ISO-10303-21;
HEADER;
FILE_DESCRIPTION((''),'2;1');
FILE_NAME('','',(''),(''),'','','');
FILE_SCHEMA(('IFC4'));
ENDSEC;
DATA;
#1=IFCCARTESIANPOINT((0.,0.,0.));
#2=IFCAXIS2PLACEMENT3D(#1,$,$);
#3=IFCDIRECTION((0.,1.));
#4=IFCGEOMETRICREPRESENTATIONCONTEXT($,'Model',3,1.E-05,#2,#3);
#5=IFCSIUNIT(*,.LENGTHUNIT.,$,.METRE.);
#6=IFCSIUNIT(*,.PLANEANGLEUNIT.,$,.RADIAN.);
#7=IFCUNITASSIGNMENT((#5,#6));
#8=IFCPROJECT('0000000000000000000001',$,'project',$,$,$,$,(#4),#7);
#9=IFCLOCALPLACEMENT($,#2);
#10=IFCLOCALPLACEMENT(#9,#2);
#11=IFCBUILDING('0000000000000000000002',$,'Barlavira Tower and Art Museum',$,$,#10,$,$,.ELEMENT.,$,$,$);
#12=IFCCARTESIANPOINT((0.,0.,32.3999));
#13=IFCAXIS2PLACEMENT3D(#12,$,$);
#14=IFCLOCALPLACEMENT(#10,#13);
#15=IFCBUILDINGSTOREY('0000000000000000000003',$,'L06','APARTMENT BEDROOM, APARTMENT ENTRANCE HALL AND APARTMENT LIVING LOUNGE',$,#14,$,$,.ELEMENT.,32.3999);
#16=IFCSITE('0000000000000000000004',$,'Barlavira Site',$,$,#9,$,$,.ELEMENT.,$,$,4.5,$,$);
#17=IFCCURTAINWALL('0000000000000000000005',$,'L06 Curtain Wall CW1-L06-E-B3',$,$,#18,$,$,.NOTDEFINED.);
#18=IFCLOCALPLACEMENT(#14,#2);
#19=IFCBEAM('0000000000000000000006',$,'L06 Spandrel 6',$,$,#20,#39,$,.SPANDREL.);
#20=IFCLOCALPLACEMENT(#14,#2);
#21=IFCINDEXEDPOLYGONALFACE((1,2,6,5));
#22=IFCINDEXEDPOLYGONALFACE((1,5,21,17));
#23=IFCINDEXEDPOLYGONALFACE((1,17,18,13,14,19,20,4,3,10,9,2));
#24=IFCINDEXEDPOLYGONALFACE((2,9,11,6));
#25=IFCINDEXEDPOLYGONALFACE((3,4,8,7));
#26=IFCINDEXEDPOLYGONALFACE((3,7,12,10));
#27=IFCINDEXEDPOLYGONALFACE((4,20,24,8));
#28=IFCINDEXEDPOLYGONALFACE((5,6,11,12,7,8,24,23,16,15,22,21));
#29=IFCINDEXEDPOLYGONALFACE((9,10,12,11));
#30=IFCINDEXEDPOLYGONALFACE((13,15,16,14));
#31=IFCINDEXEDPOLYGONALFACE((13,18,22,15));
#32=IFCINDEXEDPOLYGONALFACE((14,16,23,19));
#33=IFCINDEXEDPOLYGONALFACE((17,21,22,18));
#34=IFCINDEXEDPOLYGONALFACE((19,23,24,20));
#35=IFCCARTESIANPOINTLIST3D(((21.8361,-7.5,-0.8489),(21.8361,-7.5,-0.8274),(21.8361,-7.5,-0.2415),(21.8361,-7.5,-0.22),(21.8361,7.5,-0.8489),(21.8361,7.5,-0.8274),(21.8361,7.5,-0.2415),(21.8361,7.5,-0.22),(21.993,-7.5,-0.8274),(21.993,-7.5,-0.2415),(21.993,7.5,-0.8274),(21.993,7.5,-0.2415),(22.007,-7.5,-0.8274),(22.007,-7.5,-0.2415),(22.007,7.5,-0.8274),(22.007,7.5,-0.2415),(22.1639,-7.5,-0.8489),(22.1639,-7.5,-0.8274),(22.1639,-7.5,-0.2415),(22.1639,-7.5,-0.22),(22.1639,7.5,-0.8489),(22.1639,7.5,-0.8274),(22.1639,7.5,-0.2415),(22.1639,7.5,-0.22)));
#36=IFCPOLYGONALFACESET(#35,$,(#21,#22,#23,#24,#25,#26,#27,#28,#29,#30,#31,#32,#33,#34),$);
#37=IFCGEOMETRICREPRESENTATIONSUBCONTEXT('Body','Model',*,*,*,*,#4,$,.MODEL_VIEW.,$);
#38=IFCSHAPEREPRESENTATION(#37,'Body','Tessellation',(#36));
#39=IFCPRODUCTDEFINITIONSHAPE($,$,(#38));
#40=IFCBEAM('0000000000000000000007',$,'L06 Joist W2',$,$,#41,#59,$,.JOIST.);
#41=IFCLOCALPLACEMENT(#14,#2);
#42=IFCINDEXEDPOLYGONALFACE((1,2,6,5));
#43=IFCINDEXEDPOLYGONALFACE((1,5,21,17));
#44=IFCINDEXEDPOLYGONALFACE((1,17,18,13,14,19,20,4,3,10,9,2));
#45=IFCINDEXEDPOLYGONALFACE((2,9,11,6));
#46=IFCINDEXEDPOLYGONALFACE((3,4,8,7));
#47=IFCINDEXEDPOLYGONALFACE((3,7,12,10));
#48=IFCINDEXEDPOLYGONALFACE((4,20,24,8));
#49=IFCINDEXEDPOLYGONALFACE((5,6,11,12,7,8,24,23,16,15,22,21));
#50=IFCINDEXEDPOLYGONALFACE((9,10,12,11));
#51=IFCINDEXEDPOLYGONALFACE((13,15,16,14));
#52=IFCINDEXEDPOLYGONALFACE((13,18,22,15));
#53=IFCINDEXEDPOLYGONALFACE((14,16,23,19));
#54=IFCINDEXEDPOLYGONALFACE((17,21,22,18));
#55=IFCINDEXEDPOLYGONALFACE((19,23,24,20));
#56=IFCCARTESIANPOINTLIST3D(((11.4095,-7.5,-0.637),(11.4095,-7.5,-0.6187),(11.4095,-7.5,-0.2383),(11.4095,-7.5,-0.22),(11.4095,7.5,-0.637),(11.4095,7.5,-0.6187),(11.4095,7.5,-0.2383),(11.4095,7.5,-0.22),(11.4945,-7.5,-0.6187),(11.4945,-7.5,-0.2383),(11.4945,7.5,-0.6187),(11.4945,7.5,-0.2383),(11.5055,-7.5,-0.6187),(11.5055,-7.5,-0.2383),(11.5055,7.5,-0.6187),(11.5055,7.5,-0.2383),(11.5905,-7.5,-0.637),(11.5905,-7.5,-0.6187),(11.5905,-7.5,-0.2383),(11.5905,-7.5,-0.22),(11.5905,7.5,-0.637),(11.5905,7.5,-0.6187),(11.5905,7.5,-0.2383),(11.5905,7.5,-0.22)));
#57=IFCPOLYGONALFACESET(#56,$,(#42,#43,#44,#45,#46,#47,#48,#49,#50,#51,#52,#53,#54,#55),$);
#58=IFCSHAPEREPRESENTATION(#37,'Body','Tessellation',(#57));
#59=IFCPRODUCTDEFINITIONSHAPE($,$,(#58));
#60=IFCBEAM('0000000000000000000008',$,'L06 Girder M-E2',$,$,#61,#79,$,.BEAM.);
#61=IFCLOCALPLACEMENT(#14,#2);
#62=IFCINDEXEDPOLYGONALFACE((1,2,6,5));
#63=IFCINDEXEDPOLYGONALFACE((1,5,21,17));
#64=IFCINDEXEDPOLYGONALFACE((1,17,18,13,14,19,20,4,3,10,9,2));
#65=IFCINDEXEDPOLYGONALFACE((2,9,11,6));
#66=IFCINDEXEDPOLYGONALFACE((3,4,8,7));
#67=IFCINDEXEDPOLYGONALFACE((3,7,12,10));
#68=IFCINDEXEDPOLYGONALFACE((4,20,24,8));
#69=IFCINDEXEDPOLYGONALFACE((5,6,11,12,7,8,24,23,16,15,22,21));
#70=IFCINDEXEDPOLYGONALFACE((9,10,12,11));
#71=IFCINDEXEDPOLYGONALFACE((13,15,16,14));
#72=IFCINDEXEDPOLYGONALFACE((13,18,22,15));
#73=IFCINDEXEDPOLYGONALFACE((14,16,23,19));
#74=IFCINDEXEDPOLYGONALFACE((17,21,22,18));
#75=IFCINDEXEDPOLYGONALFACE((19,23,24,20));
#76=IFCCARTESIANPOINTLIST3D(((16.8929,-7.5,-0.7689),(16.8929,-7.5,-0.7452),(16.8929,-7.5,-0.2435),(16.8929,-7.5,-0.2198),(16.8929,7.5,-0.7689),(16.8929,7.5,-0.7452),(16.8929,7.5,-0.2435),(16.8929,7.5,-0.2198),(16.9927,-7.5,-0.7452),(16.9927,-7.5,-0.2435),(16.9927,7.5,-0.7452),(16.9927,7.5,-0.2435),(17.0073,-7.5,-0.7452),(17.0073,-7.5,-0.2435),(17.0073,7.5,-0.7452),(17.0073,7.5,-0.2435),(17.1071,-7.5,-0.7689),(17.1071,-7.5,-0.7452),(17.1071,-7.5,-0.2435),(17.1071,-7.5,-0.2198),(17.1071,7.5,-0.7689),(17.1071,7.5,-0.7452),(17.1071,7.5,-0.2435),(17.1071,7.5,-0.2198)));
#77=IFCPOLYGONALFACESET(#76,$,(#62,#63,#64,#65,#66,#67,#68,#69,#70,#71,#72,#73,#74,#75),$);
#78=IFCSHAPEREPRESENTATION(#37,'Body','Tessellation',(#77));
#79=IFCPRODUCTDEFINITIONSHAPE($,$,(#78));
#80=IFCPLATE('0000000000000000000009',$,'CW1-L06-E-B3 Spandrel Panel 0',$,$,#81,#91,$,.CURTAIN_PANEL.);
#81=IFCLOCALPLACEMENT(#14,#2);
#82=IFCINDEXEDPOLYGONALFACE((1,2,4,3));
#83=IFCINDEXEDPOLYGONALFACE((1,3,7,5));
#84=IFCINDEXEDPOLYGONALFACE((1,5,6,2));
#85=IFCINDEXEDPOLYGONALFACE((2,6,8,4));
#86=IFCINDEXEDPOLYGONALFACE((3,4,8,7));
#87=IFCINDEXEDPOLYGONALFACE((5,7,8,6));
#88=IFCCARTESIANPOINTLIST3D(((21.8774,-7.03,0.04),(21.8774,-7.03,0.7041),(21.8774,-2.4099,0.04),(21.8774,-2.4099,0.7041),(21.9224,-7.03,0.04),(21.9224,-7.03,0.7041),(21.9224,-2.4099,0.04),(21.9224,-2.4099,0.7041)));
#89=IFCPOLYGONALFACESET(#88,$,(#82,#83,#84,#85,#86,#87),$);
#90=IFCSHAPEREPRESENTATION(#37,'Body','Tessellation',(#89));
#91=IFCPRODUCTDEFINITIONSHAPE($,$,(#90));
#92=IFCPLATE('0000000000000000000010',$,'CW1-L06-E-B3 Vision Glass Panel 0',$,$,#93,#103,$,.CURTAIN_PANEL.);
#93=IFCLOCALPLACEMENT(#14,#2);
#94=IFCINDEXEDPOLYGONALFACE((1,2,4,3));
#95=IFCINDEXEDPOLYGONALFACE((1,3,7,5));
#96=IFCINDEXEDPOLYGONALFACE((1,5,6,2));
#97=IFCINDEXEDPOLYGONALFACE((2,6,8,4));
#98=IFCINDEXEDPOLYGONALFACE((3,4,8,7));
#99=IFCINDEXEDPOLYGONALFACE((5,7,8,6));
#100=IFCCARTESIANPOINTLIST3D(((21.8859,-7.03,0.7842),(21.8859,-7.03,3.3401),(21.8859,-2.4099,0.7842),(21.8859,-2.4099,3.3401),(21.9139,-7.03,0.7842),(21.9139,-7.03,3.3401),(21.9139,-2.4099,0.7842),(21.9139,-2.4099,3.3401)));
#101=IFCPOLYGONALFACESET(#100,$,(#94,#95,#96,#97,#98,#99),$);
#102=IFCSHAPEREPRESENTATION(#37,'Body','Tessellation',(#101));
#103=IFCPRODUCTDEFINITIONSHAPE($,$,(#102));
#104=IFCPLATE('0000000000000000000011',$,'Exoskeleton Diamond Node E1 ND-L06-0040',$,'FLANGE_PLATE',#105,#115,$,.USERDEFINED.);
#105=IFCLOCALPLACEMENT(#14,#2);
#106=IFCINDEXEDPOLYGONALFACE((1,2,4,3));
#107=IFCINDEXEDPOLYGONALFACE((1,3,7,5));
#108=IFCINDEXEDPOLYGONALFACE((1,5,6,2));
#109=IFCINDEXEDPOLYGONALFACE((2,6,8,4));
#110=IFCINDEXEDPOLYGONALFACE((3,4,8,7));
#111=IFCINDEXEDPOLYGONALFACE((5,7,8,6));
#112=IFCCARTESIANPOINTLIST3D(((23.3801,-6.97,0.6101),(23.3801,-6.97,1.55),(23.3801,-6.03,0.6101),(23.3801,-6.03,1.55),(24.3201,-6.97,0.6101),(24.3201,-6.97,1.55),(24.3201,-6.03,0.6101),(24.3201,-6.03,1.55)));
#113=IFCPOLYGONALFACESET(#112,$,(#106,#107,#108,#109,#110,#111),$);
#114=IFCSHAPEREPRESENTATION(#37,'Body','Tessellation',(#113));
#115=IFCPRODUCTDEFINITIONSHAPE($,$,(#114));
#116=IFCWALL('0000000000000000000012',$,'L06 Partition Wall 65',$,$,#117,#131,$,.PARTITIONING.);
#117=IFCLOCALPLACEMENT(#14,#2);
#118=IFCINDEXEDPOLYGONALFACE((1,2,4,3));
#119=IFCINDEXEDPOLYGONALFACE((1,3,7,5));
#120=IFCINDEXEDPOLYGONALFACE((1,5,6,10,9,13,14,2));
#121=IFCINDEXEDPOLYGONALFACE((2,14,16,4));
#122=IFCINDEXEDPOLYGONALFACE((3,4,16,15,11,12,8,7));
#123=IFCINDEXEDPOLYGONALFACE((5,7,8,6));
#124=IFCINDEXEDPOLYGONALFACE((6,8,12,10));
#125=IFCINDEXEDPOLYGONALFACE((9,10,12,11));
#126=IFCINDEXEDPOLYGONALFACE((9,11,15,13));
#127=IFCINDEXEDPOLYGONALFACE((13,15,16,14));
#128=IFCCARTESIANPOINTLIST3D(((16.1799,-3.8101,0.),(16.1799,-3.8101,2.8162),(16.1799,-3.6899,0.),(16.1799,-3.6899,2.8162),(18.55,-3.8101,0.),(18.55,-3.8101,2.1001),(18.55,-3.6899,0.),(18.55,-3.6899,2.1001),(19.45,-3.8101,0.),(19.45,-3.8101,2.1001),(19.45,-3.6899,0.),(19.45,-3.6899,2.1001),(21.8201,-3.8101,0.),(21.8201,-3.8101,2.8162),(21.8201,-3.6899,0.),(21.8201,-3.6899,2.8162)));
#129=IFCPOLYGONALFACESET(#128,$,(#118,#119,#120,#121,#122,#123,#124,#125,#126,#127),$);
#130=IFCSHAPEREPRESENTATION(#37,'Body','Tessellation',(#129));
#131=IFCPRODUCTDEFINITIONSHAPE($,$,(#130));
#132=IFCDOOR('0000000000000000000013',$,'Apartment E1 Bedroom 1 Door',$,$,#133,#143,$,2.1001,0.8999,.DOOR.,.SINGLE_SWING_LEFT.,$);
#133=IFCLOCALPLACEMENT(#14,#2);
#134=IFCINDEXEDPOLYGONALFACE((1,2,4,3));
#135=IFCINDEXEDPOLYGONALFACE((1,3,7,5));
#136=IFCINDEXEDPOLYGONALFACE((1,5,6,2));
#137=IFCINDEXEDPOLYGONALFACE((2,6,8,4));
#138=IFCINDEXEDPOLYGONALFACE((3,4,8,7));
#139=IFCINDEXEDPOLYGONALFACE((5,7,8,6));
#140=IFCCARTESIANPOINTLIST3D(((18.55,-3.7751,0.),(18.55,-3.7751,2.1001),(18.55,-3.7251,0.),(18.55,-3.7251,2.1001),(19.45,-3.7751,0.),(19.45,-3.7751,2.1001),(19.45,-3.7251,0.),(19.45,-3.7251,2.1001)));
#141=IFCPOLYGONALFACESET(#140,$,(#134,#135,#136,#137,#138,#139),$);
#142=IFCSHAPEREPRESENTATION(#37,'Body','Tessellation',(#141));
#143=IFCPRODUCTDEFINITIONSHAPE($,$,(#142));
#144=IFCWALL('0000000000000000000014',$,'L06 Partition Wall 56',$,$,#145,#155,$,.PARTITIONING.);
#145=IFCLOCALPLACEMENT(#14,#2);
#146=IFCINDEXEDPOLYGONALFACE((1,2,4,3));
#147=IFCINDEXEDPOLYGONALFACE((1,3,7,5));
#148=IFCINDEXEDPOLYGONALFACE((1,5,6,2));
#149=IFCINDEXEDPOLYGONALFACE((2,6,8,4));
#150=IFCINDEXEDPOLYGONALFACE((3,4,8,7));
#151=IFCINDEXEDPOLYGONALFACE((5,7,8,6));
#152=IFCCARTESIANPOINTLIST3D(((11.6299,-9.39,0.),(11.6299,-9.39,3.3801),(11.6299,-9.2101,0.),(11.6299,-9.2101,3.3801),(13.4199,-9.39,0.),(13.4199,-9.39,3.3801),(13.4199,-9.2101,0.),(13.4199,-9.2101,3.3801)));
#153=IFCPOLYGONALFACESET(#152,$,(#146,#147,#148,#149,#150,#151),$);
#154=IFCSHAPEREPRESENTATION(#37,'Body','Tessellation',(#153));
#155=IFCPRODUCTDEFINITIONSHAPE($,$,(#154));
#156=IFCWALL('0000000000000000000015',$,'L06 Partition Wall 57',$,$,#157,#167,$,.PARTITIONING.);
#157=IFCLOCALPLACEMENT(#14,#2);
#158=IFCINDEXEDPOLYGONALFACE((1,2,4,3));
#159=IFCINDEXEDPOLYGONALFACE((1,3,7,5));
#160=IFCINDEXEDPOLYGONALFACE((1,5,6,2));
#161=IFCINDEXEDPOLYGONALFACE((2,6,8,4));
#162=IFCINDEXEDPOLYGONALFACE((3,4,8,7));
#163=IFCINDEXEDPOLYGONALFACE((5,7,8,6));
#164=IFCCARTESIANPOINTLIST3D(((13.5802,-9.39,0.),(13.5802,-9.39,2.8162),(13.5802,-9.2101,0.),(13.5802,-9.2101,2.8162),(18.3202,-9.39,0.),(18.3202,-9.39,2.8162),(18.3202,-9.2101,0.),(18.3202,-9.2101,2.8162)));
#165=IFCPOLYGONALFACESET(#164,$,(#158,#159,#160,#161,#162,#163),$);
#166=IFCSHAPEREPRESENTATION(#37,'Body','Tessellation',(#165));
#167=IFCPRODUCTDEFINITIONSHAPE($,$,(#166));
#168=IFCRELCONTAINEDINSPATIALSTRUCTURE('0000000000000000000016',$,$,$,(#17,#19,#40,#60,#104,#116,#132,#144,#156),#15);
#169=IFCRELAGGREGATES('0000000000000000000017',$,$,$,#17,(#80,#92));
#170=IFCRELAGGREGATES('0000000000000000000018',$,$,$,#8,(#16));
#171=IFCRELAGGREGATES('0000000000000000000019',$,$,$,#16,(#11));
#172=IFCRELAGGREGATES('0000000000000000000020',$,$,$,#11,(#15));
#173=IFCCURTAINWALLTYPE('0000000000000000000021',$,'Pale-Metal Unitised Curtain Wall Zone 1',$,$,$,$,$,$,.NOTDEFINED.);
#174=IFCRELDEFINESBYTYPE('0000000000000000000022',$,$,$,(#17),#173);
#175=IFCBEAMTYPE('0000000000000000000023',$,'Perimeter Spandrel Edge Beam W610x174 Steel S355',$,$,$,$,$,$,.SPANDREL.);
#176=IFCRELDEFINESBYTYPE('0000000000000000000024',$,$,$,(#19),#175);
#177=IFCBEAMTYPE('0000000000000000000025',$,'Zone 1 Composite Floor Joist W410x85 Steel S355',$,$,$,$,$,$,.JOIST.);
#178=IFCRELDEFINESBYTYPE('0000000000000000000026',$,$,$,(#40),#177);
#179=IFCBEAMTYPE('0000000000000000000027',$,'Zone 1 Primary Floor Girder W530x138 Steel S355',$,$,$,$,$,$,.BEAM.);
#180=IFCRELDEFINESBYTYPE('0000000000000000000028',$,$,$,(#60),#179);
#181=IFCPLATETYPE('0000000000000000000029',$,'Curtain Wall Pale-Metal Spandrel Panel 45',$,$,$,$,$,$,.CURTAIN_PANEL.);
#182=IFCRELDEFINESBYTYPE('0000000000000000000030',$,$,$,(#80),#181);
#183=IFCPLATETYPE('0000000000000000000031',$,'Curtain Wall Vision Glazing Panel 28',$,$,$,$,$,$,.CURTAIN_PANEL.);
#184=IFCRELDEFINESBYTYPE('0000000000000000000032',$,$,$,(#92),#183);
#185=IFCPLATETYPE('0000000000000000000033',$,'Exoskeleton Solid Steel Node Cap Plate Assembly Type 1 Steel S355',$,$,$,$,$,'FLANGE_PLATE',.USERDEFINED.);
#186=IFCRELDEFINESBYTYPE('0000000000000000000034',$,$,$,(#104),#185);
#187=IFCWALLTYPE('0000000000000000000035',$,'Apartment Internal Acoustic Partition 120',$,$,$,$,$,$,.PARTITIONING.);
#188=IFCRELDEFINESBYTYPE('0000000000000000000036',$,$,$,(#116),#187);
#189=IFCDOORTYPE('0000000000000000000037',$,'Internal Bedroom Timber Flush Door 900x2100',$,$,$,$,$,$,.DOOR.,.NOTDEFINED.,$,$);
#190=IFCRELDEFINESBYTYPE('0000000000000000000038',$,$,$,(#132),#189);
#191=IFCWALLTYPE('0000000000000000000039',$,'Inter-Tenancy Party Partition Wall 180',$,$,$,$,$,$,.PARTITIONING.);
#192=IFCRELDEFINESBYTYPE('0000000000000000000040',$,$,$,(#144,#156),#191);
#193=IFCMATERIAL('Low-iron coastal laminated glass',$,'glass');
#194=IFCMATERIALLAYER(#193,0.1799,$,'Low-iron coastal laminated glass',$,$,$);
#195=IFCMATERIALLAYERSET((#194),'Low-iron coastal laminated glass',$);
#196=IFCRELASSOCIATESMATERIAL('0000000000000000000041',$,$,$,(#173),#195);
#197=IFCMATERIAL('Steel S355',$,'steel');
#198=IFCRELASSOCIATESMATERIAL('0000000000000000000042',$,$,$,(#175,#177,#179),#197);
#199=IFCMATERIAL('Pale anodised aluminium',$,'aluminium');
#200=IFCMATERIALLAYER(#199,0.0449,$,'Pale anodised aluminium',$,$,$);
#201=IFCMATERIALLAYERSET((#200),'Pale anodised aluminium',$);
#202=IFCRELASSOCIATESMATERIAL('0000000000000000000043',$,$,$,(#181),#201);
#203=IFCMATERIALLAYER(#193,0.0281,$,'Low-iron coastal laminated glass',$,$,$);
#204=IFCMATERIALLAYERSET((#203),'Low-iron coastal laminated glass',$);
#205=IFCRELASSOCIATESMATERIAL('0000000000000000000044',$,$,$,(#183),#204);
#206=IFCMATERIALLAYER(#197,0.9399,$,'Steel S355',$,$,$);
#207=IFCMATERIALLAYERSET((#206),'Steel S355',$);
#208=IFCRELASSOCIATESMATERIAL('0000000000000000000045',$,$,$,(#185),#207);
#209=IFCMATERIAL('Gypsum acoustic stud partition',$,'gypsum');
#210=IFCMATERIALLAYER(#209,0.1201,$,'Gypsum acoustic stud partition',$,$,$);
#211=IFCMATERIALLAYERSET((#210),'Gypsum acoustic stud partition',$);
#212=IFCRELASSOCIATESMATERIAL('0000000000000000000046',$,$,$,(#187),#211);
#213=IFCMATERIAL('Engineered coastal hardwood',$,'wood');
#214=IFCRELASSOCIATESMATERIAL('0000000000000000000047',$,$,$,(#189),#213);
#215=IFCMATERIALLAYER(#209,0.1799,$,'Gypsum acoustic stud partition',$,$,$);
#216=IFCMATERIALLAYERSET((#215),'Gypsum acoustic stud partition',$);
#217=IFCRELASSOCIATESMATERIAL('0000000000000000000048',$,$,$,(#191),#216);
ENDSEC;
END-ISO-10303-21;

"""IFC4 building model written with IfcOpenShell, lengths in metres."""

from ifc_helpers import new_model, si_unit, direction, frame, frame_2d, origin, origin_2d, place, context, subcontext, project, spatial, rectangle, i_section, extrude, material, layer, layer_set, material_profile, profile_set, type_object, element, fill, aggregate, save


model = new_model("IFC4")

# Units and contexts
model_context = context("Model", 3, precision=1e-05, world=origin(), true_north=direction((0.0, 1.0)))
body_context = subcontext(model_context, "Body", "Model", "MODEL_VIEW")
ifc_project = project(units=[si_unit("LENGTHUNIT", "METRE"), si_unit("PLANEANGLEUNIT", "RADIAN")], contexts=[model_context])

# Site, building, storey
site_placement = place(None, origin())
site = spatial("IfcSite", under=ifc_project, at=site_placement, Name="Barlavira Site", CompositionType="ELEMENT", RefElevation=4.5)
building_placement = place(site_placement, origin())
building = spatial("IfcBuilding", under=site, at=building_placement, Name="Barlavira Tower and Art Museum", CompositionType="ELEMENT")
storey_placement = place(building_placement, frame((0.0, 0.0, 32.3999)))
storey = spatial("IfcBuildingStorey", under=building, at=storey_placement, Name="L06", Description="APARTMENT BEDROOM, APARTMENT ENTRANCE HALL AND APARTMENT LIVING LOUNGE", CompositionType="ELEMENT", Elevation=32.3999)

# Curtain wall
ifc_material_1 = material(Name="Low-iron coastal laminated glass", Category="glass")
ifc_layer_1 = layer(ifc_material_1, 0.1799, Name="Low-iron coastal laminated glass")
ifc_layer_set_1 = layer_set([ifc_layer_1], Name="Low-iron coastal laminated glass")
curtain_wall_type = type_object("IfcCurtainWallType", Name="Pale-Metal Unitised Curtain Wall Zone 1", PredefinedType="NOTDEFINED", material=ifc_layer_set_1)
curtain_wall_placement = place(storey_placement, origin())
curtain_wall = element("IfcCurtainWall", 1, at=curtain_wall_placement, inside=storey, type_object=curtain_wall_type, Name="L06 Curtain Wall CW1-L06-E-B3", PredefinedType="NOTDEFINED")
ifc_material_2 = material(Name="Pale anodised aluminium", Category="aluminium")

# Beams
ifc_material_3 = material(Name="Steel S355", Category="steel")
ifc_material_profile_1 = material_profile(ifc_material_3, i_section(OverallWidth=0.3279, OverallDepth=0.6289, WebThickness=0.0139, FlangeThickness=0.0215, at=origin_2d()), Name="W610x174.0")
ifc_profile_set_1 = profile_set([ifc_material_profile_1], Name="Steel S355")
beam_type_1 = type_object("IfcBeamType", Name="Perimeter Spandrel Edge Beam W610x174 Steel S355", PredefinedType="SPANDREL", material=ifc_profile_set_1)
beam_1_placement = place(storey_placement, frame((22.0, -7.5, -0.5344), z_axis=(0.0, 1.0, 0.0), x_axis=(-1.0, 0.0, 0.0)))
element("IfcBeam", 2, at=beam_1_placement, inside=storey, type_object=beam_type_1, Name="L06 Spandrel 6", PredefinedType="SPANDREL", context=body_context, shape_type="SweptSolid", body=[
    extrude(i_section(OverallWidth=0.3279, OverallDepth=0.6289, WebThickness=0.0139, FlangeThickness=0.0215, at=origin_2d()), origin(), (0.0, 0.0, 1.0), 15.0),
])
ifc_material_profile_2 = material_profile(ifc_material_3, i_section(OverallWidth=0.1809, OverallDepth=0.417, WebThickness=0.011, FlangeThickness=0.0183, at=origin_2d()), Name="W410x85.0")
ifc_profile_set_2 = profile_set([ifc_material_profile_2], Name="Steel S355")
beam_type_2 = type_object("IfcBeamType", Name="Zone 1 Composite Floor Joist W410x85 Steel S355", PredefinedType="JOIST", material=ifc_profile_set_2)
beam_2_placement = place(storey_placement, frame((11.5, -7.5, -0.4285), z_axis=(0.0, 1.0, 0.0), x_axis=(-1.0, 0.0, 0.0)))
element("IfcBeam", 3, at=beam_2_placement, inside=storey, type_object=beam_type_2, Name="L06 Joist W2", PredefinedType="JOIST", context=body_context, shape_type="SweptSolid", body=[
    extrude(i_section(OverallWidth=0.1809, OverallDepth=0.417, WebThickness=0.011, FlangeThickness=0.0183, at=origin_2d()), origin(), (0.0, 0.0, 1.0), 15.0),
])
ifc_material_profile_3 = material_profile(ifc_material_3, i_section(OverallWidth=0.2141, OverallDepth=0.5491, WebThickness=0.0146, FlangeThickness=0.0237, at=origin_2d()), Name="W530x138.0")
ifc_profile_set_3 = profile_set([ifc_material_profile_3], Name="Steel S355")
beam_type_3 = type_object("IfcBeamType", Name="Zone 1 Primary Floor Girder W530x138 Steel S355", PredefinedType="BEAM", material=ifc_profile_set_3)
beam_3_placement = place(storey_placement, frame((17.0, -7.5, -0.4944), z_axis=(0.0, 1.0, 0.0), x_axis=(-1.0, 0.0, 0.0)))
element("IfcBeam", 4, at=beam_3_placement, inside=storey, type_object=beam_type_3, Name="L06 Girder M-E2", PredefinedType="BEAM", context=body_context, shape_type="SweptSolid", body=[
    extrude(i_section(OverallWidth=0.2141, OverallDepth=0.5491, WebThickness=0.0146, FlangeThickness=0.0237, at=origin_2d()), origin(), (0.0, 0.0, 1.0), 15.0),
])

# Plates
ifc_layer_2 = layer(ifc_material_2, 0.0449, Name="Pale anodised aluminium")
ifc_layer_set_2 = layer_set([ifc_layer_2], Name="Pale anodised aluminium")
plate_type_1 = type_object("IfcPlateType", Name="Curtain Wall Pale-Metal Spandrel Panel 45", PredefinedType="CURTAIN_PANEL", material=ifc_layer_set_2)
plate_1_placement = place(storey_placement, frame((21.8999, -4.72, 0.04), z_axis=(0.0, 0.0, 1.0), x_axis=(0.0, 1.0, 0.0)))
plate_1 = element("IfcPlate", 5, at=plate_1_placement, type_object=plate_type_1, Name="CW1-L06-E-B3 Spandrel Panel 0", PredefinedType="CURTAIN_PANEL", context=body_context, shape_type="SweptSolid", body=[
    extrude(rectangle(XDim=4.6201, YDim=0.0449, at=origin_2d()), origin(), (0.0, 0.0, 1.0), 0.6641),
])
ifc_layer_3 = layer(ifc_material_1, 0.0281, Name="Low-iron coastal laminated glass")
ifc_layer_set_3 = layer_set([ifc_layer_3], Name="Low-iron coastal laminated glass")
plate_type_2 = type_object("IfcPlateType", Name="Curtain Wall Vision Glazing Panel 28", PredefinedType="CURTAIN_PANEL", material=ifc_layer_set_3)
plate_2_placement = place(storey_placement, frame((21.8999, -4.72, 0.7842), z_axis=(0.0, 0.0, 1.0), x_axis=(0.0, 1.0, 0.0)))
plate_2 = element("IfcPlate", 6, at=plate_2_placement, type_object=plate_type_2, Name="CW1-L06-E-B3 Vision Glass Panel 0", PredefinedType="CURTAIN_PANEL", context=body_context, shape_type="SweptSolid", body=[
    extrude(rectangle(XDim=4.6201, YDim=0.0281, at=origin_2d()), origin(), (0.0, 0.0, 1.0), 2.5559),
])
aggregate(curtain_wall, [plate_1, plate_2])
ifc_layer_4 = layer(ifc_material_3, 0.9399, Name="Steel S355")
ifc_layer_set_4 = layer_set([ifc_layer_4], Name="Steel S355")
plate_type_3 = type_object("IfcPlateType", Name="Exoskeleton Solid Steel Node Cap Plate Assembly Type 1 Steel S355", ElementType="FLANGE_PLATE", PredefinedType="USERDEFINED", material=ifc_layer_set_4)
plate_3_placement = place(storey_placement, frame((23.8501, -6.5, 0.6101), z_axis=(0.0, 0.0, 1.0), x_axis=(1.0, 0.0, 0.0)))
element("IfcPlate", 7, at=plate_3_placement, inside=storey, type_object=plate_type_3, Name="Exoskeleton Diamond Node E1 ND-L06-0040", ObjectType="FLANGE_PLATE", PredefinedType="USERDEFINED", context=body_context, shape_type="SweptSolid", body=[
    extrude(rectangle(XDim=0.9399, YDim=0.9399, at=origin_2d()), origin(), (0.0, 0.0, 1.0), 0.9399),
])

# Wall, opening, door
ifc_material_4 = material(Name="Gypsum acoustic stud partition", Category="gypsum")
ifc_layer_5 = layer(ifc_material_4, 0.1201, Name="Gypsum acoustic stud partition")
ifc_layer_set_5 = layer_set([ifc_layer_5], Name="Gypsum acoustic stud partition")
wall_type_1 = type_object("IfcWallType", Name="Apartment Internal Acoustic Partition 120", PredefinedType="PARTITIONING", material=ifc_layer_set_5)
wall_1_placement = place(storey_placement, frame((16.1799, -3.75, 0.0), z_axis=(0.0, 0.0, 1.0), x_axis=(1.0, 0.0, 0.0)))
wall_1 = element("IfcWall", 8, at=wall_1_placement, inside=storey, type_object=wall_type_1, Name="L06 Partition Wall 65", PredefinedType="PARTITIONING", context=body_context, shape_type="SweptSolid", body=[
    extrude(rectangle(XDim=5.6401, YDim=0.1201, at=frame_2d((2.8201, 0.0))), origin(), (0.0, 0.0, 1.0), 2.8162),
])
opening_1_placement = place(wall_1_placement, frame((2.3701, 0.0, 0.0)))
opening_1 = element("IfcOpeningElement", 9, at=opening_1_placement, cuts=wall_1, PredefinedType="OPENING", context=body_context, shape_type="SweptSolid", body=[
    extrude(rectangle(XDim=0.8999, YDim=2.1001, at=frame_2d((0.45, 1.05))), frame((0.0, 0.0701, 0.0), z_axis=(0.0, -1.0, 0.0), x_axis=(1.0, 0.0, 0.0)), (0.0, 0.0, 1.0), 0.1401),
])
ifc_material_5 = material(Name="Engineered coastal hardwood", Category="wood")
door_type_1 = type_object("IfcDoorType", Name="Internal Bedroom Timber Flush Door 900x2100", OperationType="NOTDEFINED", PredefinedType="DOOR", material=ifc_material_5)
door_1_placement = place(opening_1_placement, origin())
door_1 = element("IfcDoor", 10, at=door_1_placement, inside=storey, type_object=door_type_1, Name="Apartment E1 Bedroom 1 Door", OperationType="SINGLE_SWING_LEFT", OverallHeight=2.1001, OverallWidth=0.8999, PredefinedType="DOOR", context=body_context, shape_type="SweptSolid", body=[
    extrude(rectangle(XDim=0.8999, YDim=2.1001, at=frame_2d((0.45, 1.05))), frame((0.0, 0.0249, 0.0), z_axis=(0.0, -1.0, 0.0), x_axis=(1.0, 0.0, 0.0)), (0.0, 0.0, 1.0), 0.05),
])
fill(opening_1, door_1)

# Walls
ifc_layer_6 = layer(ifc_material_4, 0.1799, Name="Gypsum acoustic stud partition")
ifc_layer_set_6 = layer_set([ifc_layer_6], Name="Gypsum acoustic stud partition")
wall_type_2 = type_object("IfcWallType", Name="Inter-Tenancy Party Partition Wall 180", PredefinedType="PARTITIONING", material=ifc_layer_set_6)
wall_2_placement = place(storey_placement, frame((11.6299, -9.3, 0.0), z_axis=(0.0, 0.0, 1.0), x_axis=(1.0, 0.0, 0.0)))
element("IfcWall", 11, at=wall_2_placement, inside=storey, type_object=wall_type_2, Name="L06 Partition Wall 56", PredefinedType="PARTITIONING", context=body_context, shape_type="SweptSolid", body=[
    extrude(rectangle(XDim=1.79, YDim=0.1799, at=frame_2d((0.895, 0.0))), origin(), (0.0, 0.0, 1.0), 3.3801),
])
wall_3_placement = place(storey_placement, frame((13.5801, -9.3, 0.0), z_axis=(0.0, 0.0, 1.0), x_axis=(1.0, 0.0, 0.0)))
element("IfcWall", 12, at=wall_3_placement, inside=storey, type_object=wall_type_2, Name="L06 Partition Wall 57", PredefinedType="PARTITIONING", context=body_context, shape_type="SweptSolid", body=[
    extrude(rectangle(XDim=4.74, YDim=0.1799, at=frame_2d((2.3701, 0.0))), origin(), (0.0, 0.0, 1.0), 2.8162),
])

save(model, "model.ifc")
